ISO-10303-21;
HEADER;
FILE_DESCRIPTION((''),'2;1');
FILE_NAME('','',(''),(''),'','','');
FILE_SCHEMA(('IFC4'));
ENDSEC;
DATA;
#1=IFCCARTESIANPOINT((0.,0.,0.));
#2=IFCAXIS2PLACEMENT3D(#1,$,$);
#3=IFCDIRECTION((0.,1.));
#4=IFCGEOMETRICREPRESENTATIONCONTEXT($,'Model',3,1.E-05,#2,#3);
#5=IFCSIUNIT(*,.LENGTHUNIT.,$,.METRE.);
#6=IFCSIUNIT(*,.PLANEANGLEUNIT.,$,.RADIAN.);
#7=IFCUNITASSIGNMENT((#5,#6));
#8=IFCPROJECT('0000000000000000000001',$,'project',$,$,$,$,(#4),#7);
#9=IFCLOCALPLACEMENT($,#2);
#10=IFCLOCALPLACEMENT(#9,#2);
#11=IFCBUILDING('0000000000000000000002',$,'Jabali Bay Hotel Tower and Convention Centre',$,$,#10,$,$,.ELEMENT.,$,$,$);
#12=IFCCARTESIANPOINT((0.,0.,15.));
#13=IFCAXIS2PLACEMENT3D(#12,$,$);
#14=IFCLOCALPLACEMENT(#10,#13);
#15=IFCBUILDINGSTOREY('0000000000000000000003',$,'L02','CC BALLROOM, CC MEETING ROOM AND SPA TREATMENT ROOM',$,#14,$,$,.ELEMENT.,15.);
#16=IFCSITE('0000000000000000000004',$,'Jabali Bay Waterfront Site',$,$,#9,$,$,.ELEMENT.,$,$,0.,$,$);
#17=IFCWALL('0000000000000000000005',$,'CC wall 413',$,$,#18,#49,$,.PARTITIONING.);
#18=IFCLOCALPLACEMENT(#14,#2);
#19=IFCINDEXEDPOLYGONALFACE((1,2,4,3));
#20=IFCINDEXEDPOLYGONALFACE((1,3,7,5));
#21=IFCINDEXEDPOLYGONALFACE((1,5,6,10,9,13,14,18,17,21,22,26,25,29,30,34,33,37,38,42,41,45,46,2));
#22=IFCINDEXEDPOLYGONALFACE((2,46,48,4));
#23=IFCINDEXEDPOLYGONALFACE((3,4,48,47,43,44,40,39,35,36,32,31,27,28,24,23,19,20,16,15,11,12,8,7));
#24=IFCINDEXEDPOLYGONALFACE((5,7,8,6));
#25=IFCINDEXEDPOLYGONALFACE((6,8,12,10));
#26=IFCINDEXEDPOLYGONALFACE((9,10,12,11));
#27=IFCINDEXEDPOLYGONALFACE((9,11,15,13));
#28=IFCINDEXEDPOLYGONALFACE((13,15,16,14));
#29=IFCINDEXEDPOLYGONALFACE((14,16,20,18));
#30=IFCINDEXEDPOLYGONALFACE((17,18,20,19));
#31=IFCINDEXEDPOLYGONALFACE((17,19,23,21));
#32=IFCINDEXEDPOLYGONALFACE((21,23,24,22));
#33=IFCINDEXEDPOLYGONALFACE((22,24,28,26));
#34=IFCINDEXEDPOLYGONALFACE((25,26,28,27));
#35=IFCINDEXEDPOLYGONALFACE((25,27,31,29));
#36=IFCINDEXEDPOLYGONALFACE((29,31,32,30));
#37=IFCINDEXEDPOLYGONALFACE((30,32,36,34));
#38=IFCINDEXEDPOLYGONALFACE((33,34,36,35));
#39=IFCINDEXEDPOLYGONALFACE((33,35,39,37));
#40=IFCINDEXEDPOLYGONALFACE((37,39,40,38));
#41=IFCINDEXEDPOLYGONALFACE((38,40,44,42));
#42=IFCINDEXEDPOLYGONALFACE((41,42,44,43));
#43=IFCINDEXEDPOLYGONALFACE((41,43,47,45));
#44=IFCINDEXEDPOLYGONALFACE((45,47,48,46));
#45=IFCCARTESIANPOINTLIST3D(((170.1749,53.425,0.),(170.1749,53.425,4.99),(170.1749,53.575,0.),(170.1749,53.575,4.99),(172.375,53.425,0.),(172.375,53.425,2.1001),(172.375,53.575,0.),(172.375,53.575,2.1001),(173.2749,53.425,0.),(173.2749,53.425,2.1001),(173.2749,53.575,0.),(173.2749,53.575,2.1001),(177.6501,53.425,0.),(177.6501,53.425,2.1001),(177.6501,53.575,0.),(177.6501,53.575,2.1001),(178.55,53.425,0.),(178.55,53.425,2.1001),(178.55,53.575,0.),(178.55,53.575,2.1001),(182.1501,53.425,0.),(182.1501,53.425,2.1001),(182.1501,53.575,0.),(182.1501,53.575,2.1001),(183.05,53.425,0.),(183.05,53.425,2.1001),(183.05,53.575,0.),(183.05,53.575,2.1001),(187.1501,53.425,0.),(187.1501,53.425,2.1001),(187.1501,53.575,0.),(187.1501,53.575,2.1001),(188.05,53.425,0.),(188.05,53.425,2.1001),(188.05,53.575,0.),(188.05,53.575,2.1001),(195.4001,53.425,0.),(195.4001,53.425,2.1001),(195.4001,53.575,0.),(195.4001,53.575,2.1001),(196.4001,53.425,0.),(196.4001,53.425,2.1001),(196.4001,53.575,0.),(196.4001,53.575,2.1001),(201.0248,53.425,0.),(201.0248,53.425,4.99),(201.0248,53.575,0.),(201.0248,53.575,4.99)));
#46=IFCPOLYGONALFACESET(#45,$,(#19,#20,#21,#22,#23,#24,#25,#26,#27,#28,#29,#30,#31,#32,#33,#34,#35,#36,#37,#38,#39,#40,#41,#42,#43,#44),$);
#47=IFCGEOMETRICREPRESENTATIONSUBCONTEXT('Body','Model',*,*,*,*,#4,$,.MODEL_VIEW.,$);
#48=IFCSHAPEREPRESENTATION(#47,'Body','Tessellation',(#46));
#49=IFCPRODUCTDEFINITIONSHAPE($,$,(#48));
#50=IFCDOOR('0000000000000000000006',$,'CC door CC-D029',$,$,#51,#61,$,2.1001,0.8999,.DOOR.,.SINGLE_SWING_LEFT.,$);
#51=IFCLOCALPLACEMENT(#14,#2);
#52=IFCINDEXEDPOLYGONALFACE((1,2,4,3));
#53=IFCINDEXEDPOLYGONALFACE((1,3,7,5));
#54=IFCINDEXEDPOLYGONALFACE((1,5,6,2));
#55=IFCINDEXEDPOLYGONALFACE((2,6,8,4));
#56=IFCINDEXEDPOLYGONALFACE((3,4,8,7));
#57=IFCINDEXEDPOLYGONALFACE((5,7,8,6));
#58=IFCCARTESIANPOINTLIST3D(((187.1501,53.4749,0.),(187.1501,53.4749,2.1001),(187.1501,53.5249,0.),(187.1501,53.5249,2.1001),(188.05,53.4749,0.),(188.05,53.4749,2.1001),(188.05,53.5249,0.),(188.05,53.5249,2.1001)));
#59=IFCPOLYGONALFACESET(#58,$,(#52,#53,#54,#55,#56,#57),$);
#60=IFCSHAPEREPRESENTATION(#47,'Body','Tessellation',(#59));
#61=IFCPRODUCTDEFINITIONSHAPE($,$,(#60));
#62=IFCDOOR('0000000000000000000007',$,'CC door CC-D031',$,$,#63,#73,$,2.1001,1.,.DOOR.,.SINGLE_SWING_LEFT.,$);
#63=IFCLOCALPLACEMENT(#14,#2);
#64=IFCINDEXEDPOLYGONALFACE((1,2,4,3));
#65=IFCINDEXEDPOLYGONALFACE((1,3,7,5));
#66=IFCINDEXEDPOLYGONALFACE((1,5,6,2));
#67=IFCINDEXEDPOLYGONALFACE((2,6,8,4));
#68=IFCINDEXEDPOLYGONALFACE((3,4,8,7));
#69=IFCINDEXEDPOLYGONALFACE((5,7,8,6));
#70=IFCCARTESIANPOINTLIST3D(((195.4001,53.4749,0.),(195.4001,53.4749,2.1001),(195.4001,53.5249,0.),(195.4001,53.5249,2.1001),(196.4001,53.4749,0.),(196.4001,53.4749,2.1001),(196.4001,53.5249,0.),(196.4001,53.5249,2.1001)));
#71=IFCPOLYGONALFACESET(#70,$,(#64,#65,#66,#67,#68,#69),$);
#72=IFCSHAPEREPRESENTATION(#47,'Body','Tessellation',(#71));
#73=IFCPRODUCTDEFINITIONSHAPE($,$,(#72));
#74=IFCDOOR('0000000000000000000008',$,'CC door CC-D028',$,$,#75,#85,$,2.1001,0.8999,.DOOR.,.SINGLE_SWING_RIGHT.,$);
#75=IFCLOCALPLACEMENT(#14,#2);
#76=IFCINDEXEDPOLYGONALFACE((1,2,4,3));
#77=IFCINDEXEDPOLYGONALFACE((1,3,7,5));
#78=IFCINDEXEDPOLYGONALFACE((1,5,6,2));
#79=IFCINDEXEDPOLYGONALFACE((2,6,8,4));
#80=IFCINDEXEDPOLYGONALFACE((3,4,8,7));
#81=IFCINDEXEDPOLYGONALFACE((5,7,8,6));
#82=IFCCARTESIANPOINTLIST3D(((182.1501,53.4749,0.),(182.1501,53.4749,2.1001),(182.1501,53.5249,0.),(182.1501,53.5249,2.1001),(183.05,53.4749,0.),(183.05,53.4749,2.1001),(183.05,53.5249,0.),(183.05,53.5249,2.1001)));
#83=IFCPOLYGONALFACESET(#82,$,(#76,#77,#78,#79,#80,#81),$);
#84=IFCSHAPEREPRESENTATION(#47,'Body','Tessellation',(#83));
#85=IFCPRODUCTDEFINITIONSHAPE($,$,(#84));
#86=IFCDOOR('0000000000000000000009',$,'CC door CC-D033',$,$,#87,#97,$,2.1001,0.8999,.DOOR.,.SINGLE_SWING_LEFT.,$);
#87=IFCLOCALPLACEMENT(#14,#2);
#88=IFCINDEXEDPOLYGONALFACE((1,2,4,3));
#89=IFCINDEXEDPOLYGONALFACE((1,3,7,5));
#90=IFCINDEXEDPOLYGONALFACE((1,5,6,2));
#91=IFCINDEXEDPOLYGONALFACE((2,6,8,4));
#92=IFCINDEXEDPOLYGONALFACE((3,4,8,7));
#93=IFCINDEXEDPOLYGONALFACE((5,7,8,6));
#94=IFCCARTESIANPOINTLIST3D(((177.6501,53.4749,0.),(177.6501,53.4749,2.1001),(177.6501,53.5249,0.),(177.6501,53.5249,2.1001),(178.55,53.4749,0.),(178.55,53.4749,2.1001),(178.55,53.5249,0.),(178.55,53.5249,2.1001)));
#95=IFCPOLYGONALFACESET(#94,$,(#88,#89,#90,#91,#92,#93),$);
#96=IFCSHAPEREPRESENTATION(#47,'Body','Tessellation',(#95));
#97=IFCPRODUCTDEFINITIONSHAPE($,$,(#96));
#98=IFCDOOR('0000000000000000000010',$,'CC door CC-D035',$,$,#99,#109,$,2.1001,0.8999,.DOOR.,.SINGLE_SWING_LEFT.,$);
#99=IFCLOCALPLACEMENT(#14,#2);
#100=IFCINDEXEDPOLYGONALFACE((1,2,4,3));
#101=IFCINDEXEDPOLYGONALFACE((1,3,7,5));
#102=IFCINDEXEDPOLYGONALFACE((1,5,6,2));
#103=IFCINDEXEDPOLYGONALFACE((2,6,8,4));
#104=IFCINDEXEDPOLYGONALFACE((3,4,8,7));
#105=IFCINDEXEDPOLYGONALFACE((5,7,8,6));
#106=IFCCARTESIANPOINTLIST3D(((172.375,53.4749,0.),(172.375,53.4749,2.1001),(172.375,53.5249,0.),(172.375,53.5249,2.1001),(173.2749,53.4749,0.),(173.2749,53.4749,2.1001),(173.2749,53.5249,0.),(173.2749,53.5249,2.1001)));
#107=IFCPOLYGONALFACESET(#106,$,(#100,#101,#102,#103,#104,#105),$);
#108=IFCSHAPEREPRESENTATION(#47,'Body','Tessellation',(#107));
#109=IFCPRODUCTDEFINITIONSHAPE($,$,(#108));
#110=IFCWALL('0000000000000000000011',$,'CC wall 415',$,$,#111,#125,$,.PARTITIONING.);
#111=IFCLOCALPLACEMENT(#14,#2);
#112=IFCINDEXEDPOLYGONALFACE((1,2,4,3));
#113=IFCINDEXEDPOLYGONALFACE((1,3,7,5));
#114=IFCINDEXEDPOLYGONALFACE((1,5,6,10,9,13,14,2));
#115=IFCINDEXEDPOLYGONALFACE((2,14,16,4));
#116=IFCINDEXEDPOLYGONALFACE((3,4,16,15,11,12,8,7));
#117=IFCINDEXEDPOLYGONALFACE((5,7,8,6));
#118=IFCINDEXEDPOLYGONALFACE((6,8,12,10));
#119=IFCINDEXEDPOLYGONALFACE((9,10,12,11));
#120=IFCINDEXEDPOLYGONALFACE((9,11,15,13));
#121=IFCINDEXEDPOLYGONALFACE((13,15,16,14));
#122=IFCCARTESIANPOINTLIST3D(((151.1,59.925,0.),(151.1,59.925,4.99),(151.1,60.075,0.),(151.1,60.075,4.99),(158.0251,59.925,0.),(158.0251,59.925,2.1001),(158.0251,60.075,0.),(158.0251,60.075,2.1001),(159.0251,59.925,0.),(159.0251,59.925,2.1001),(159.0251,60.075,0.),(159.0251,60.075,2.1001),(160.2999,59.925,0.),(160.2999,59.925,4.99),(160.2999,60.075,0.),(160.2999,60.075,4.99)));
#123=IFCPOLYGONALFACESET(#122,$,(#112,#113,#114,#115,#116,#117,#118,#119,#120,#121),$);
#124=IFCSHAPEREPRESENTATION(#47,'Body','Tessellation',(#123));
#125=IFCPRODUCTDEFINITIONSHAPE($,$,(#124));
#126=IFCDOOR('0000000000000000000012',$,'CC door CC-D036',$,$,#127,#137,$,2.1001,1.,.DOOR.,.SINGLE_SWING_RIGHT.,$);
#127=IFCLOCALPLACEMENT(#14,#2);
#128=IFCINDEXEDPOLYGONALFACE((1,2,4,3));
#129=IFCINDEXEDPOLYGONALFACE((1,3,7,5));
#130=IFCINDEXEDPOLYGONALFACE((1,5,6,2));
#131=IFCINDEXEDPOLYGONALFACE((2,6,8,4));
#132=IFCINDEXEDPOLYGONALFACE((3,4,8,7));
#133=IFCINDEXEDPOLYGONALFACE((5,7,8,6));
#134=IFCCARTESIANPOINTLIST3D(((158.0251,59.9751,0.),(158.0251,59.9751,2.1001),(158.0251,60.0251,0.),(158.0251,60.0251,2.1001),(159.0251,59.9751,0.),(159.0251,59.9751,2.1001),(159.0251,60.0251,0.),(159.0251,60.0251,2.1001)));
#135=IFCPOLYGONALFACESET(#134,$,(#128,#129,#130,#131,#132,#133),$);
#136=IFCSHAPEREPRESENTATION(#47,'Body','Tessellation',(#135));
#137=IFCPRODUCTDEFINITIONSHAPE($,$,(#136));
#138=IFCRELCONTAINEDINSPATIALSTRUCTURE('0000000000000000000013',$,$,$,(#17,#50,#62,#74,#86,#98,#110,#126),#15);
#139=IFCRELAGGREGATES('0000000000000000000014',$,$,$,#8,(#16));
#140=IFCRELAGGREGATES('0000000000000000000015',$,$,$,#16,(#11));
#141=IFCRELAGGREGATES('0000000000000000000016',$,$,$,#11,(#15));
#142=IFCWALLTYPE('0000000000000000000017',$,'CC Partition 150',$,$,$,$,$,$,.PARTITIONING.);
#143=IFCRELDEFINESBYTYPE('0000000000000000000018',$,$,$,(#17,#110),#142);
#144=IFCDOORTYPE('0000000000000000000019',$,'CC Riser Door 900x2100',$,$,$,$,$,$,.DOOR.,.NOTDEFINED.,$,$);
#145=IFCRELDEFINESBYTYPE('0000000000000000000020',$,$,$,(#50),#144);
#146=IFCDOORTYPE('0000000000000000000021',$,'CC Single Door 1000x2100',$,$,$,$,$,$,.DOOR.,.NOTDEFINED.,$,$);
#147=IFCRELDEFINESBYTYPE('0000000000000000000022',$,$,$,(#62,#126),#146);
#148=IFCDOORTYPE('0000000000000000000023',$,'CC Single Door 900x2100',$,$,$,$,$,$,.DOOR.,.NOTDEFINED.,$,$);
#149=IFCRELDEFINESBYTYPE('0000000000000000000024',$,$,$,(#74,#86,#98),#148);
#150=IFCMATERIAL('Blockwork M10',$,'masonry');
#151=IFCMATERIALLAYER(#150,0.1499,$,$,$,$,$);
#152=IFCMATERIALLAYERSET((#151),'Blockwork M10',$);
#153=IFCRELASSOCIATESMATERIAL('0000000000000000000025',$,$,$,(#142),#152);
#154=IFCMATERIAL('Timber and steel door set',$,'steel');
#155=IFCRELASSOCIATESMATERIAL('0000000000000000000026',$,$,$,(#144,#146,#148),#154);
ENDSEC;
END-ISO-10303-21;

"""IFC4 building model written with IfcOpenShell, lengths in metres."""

from ifc_helpers import new_model, si_unit, direction, frame, frame_2d, origin, place, context, subcontext, project, spatial, rectangle, extrude, material, layer, layer_set, type_object, element, fill, save


model = new_model("IFC4")

# Units and contexts
model_context = context("Model", 3, precision=1e-05, world=origin(), true_north=direction((0.0, 1.0)))
body_context = subcontext(model_context, "Body", "Model", "MODEL_VIEW")
ifc_project = project(units=[si_unit("LENGTHUNIT", "METRE"), si_unit("PLANEANGLEUNIT", "RADIAN")], contexts=[model_context])

# Site, building, storey
site_placement = place(None, origin())
site = spatial("IfcSite", under=ifc_project, at=site_placement, Name="Jabali Bay Waterfront Site", CompositionType="ELEMENT", RefElevation=0.0)
building_placement = place(site_placement, origin())
building = spatial("IfcBuilding", under=site, at=building_placement, Name="Jabali Bay Hotel Tower and Convention Centre", CompositionType="ELEMENT")
storey_placement = place(building_placement, frame((0.0, 0.0, 15.0)))
storey = spatial("IfcBuildingStorey", under=building, at=storey_placement, Name="L02", Description="CC BALLROOM, CC MEETING ROOM AND SPA TREATMENT ROOM", CompositionType="ELEMENT", Elevation=15.0)

# Wall, openings, doors
ifc_material_1 = material(Name="Blockwork M10", Category="masonry")
ifc_layer_1 = layer(ifc_material_1, 0.1499)
ifc_layer_set_1 = layer_set([ifc_layer_1], Name="Blockwork M10")
wall_type_1 = type_object("IfcWallType", Name="CC Partition 150", PredefinedType="PARTITIONING", material=ifc_layer_set_1)
wall_1_placement = place(storey_placement, frame((170.175, 53.5, 0.0), z_axis=(0.0, 0.0, 1.0), x_axis=(1.0, 0.0, 0.0)))
wall_1 = element("IfcWall", 1, at=wall_1_placement, inside=storey, type_object=wall_type_1, Name="CC wall 413", PredefinedType="PARTITIONING", context=body_context, shape_type="SweptSolid", body=[
    extrude(rectangle(XDim=30.8499, YDim=0.1499, at=frame_2d((15.4248, 0.0))), origin(), (0.0, 0.0, 1.0), 4.99),
])
opening_1_placement = place(wall_1_placement, frame((11.9751, 0.0, 0.0)))
opening_1 = element("IfcOpeningElement", 2, at=opening_1_placement, cuts=wall_1, PredefinedType="OPENING", context=body_context, shape_type="SweptSolid", body=[
    extrude(rectangle(XDim=0.8999, YDim=2.1001, at=frame_2d((0.45, 1.05))), frame((0.0, 0.0854, 0.0), z_axis=(0.0, -1.0, 0.0), x_axis=(1.0, 0.0, 0.0)), (0.0, 0.0, 1.0), 0.1709),
])
opening_2_placement = place(wall_1_placement, frame((16.9751, 0.0, 0.0)))
opening_2 = element("IfcOpeningElement", 3, at=opening_2_placement, cuts=wall_1, PredefinedType="OPENING", context=body_context, shape_type="SweptSolid", body=[
    extrude(rectangle(XDim=0.8999, YDim=2.1001, at=frame_2d((0.45, 1.05))), frame((0.0, 0.0854, 0.0), z_axis=(0.0, -1.0, 0.0), x_axis=(1.0, 0.0, 0.0)), (0.0, 0.0, 1.0), 0.1709),
])
opening_3_placement = place(wall_1_placement, frame((25.2251, 0.0, 0.0)))
opening_3 = element("IfcOpeningElement", 4, at=opening_3_placement, cuts=wall_1, PredefinedType="OPENING", context=body_context, shape_type="SweptSolid", body=[
    extrude(rectangle(XDim=1.0, YDim=2.1001, at=frame_2d((0.5, 1.05))), frame((0.0, 0.0854, 0.0), z_axis=(0.0, -1.0, 0.0), x_axis=(1.0, 0.0, 0.0)), (0.0, 0.0, 1.0), 0.1709),
])
opening_4_placement = place(wall_1_placement, frame((7.4751, 0.0, 0.0)))
opening_4 = element("IfcOpeningElement", 5, at=opening_4_placement, cuts=wall_1, PredefinedType="OPENING", context=body_context, shape_type="SweptSolid", body=[
    extrude(rectangle(XDim=0.8999, YDim=2.1001, at=frame_2d((0.45, 1.05))), frame((0.0, 0.0854, 0.0), z_axis=(0.0, -1.0, 0.0), x_axis=(1.0, 0.0, 0.0)), (0.0, 0.0, 1.0), 0.1709),
])
opening_5_placement = place(wall_1_placement, frame((2.2, 0.0, 0.0)))
opening_5 = element("IfcOpeningElement", 6, at=opening_5_placement, cuts=wall_1, PredefinedType="OPENING", context=body_context, shape_type="SweptSolid", body=[
    extrude(rectangle(XDim=0.8999, YDim=2.1001, at=frame_2d((0.45, 1.05))), frame((0.0, 0.0854, 0.0), z_axis=(0.0, -1.0, 0.0), x_axis=(1.0, 0.0, 0.0)), (0.0, 0.0, 1.0), 0.1709),
])
ifc_material_2 = material(Name="Timber and steel door set", Category="steel")
door_type_1 = type_object("IfcDoorType", Name="CC Riser Door 900x2100", OperationType="NOTDEFINED", PredefinedType="DOOR", material=ifc_material_2)
door_1_placement = place(opening_2_placement, origin())
door_1 = element("IfcDoor", 7, at=door_1_placement, inside=storey, type_object=door_type_1, Name="CC door CC-D029", OperationType="SINGLE_SWING_LEFT", OverallHeight=2.1001, OverallWidth=0.8999, PredefinedType="DOOR", context=body_context, shape_type="SweptSolid", body=[
    extrude(rectangle(XDim=0.8999, YDim=2.1001, at=frame_2d((0.45, 1.05))), frame((0.0, 0.0249, 0.0), z_axis=(0.0, -1.0, 0.0), x_axis=(1.0, 0.0, 0.0)), (0.0, 0.0, 1.0), 0.05),
])
fill(opening_2, door_1)
door_type_2 = type_object("IfcDoorType", Name="CC Single Door 1000x2100", OperationType="NOTDEFINED", PredefinedType="DOOR", material=ifc_material_2)
door_2_placement = place(opening_3_placement, origin())
door_2 = element("IfcDoor", 8, at=door_2_placement, inside=storey, type_object=door_type_2, Name="CC door CC-D031", OperationType="SINGLE_SWING_LEFT", OverallHeight=2.1001, OverallWidth=1.0, PredefinedType="DOOR", context=body_context, shape_type="SweptSolid", body=[
    extrude(rectangle(XDim=1.0, YDim=2.1001, at=frame_2d((0.5, 1.05))), frame((0.0, 0.0249, 0.0), z_axis=(0.0, -1.0, 0.0), x_axis=(1.0, 0.0, 0.0)), (0.0, 0.0, 1.0), 0.05),
])
fill(opening_3, door_2)
door_type_3 = type_object("IfcDoorType", Name="CC Single Door 900x2100", OperationType="NOTDEFINED", PredefinedType="DOOR", material=ifc_material_2)
door_3_placement = place(opening_1_placement, origin())
door_3 = element("IfcDoor", 9, at=door_3_placement, inside=storey, type_object=door_type_3, Name="CC door CC-D028", OperationType="SINGLE_SWING_RIGHT", OverallHeight=2.1001, OverallWidth=0.8999, PredefinedType="DOOR", context=body_context, shape_type="SweptSolid", body=[
    extrude(rectangle(XDim=0.8999, YDim=2.1001, at=frame_2d((0.45, 1.05))), frame((0.0, 0.0249, 0.0), z_axis=(0.0, -1.0, 0.0), x_axis=(1.0, 0.0, 0.0)), (0.0, 0.0, 1.0), 0.05),
])
fill(opening_1, door_3)
door_4_placement = place(opening_4_placement, origin())
door_4 = element("IfcDoor", 10, at=door_4_placement, inside=storey, type_object=door_type_3, Name="CC door CC-D033", OperationType="SINGLE_SWING_LEFT", OverallHeight=2.1001, OverallWidth=0.8999, PredefinedType="DOOR", context=body_context, shape_type="SweptSolid", body=[
    extrude(rectangle(XDim=0.8999, YDim=2.1001, at=frame_2d((0.45, 1.05))), frame((0.0, 0.0249, 0.0), z_axis=(0.0, -1.0, 0.0), x_axis=(1.0, 0.0, 0.0)), (0.0, 0.0, 1.0), 0.05),
])
fill(opening_4, door_4)
door_5_placement = place(opening_5_placement, origin())
door_5 = element("IfcDoor", 11, at=door_5_placement, inside=storey, type_object=door_type_3, Name="CC door CC-D035", OperationType="SINGLE_SWING_LEFT", OverallHeight=2.1001, OverallWidth=0.8999, PredefinedType="DOOR", context=body_context, shape_type="SweptSolid", body=[
    extrude(rectangle(XDim=0.8999, YDim=2.1001, at=frame_2d((0.45, 1.05))), frame((0.0, 0.0249, 0.0), z_axis=(0.0, -1.0, 0.0), x_axis=(1.0, 0.0, 0.0)), (0.0, 0.0, 1.0), 0.05),
])
fill(opening_5, door_5)

# Wall, opening, door
wall_2_placement = place(storey_placement, frame((160.3, 60.0, 0.0), z_axis=(0.0, 0.0, 1.0), x_axis=(-1.0, 0.0, 0.0)))
wall_2 = element("IfcWall", 12, at=wall_2_placement, inside=storey, type_object=wall_type_1, Name="CC wall 415", PredefinedType="PARTITIONING", context=body_context, shape_type="SweptSolid", body=[
    extrude(rectangle(XDim=9.2, YDim=0.1499, at=frame_2d((4.6001, 0.0))), origin(), (0.0, 0.0, 1.0), 4.99),
])
opening_6_placement = place(wall_2_placement, frame((1.2749, 0.0, 0.0)))
opening_6 = element("IfcOpeningElement", 13, at=opening_6_placement, cuts=wall_2, PredefinedType="OPENING", context=body_context, shape_type="SweptSolid", body=[
    extrude(rectangle(XDim=1.0, YDim=2.1001, at=frame_2d((0.5, 1.05))), frame((0.0, 0.0854, 0.0), z_axis=(0.0, -1.0, 0.0), x_axis=(1.0, 0.0, 0.0)), (0.0, 0.0, 1.0), 0.1709),
])
door_6_placement = place(opening_6_placement, origin())
door_6 = element("IfcDoor", 14, at=door_6_placement, inside=storey, type_object=door_type_2, Name="CC door CC-D036", OperationType="SINGLE_SWING_RIGHT", OverallHeight=2.1001, OverallWidth=1.0, PredefinedType="DOOR", context=body_context, shape_type="SweptSolid", body=[
    extrude(rectangle(XDim=1.0, YDim=2.1001, at=frame_2d((0.5, 1.05))), frame((0.0, 0.0249, 0.0), z_axis=(0.0, -1.0, 0.0), x_axis=(1.0, 0.0, 0.0)), (0.0, 0.0, 1.0), 0.05),
])
fill(opening_6, door_6)

save(model, "model.ifc")
